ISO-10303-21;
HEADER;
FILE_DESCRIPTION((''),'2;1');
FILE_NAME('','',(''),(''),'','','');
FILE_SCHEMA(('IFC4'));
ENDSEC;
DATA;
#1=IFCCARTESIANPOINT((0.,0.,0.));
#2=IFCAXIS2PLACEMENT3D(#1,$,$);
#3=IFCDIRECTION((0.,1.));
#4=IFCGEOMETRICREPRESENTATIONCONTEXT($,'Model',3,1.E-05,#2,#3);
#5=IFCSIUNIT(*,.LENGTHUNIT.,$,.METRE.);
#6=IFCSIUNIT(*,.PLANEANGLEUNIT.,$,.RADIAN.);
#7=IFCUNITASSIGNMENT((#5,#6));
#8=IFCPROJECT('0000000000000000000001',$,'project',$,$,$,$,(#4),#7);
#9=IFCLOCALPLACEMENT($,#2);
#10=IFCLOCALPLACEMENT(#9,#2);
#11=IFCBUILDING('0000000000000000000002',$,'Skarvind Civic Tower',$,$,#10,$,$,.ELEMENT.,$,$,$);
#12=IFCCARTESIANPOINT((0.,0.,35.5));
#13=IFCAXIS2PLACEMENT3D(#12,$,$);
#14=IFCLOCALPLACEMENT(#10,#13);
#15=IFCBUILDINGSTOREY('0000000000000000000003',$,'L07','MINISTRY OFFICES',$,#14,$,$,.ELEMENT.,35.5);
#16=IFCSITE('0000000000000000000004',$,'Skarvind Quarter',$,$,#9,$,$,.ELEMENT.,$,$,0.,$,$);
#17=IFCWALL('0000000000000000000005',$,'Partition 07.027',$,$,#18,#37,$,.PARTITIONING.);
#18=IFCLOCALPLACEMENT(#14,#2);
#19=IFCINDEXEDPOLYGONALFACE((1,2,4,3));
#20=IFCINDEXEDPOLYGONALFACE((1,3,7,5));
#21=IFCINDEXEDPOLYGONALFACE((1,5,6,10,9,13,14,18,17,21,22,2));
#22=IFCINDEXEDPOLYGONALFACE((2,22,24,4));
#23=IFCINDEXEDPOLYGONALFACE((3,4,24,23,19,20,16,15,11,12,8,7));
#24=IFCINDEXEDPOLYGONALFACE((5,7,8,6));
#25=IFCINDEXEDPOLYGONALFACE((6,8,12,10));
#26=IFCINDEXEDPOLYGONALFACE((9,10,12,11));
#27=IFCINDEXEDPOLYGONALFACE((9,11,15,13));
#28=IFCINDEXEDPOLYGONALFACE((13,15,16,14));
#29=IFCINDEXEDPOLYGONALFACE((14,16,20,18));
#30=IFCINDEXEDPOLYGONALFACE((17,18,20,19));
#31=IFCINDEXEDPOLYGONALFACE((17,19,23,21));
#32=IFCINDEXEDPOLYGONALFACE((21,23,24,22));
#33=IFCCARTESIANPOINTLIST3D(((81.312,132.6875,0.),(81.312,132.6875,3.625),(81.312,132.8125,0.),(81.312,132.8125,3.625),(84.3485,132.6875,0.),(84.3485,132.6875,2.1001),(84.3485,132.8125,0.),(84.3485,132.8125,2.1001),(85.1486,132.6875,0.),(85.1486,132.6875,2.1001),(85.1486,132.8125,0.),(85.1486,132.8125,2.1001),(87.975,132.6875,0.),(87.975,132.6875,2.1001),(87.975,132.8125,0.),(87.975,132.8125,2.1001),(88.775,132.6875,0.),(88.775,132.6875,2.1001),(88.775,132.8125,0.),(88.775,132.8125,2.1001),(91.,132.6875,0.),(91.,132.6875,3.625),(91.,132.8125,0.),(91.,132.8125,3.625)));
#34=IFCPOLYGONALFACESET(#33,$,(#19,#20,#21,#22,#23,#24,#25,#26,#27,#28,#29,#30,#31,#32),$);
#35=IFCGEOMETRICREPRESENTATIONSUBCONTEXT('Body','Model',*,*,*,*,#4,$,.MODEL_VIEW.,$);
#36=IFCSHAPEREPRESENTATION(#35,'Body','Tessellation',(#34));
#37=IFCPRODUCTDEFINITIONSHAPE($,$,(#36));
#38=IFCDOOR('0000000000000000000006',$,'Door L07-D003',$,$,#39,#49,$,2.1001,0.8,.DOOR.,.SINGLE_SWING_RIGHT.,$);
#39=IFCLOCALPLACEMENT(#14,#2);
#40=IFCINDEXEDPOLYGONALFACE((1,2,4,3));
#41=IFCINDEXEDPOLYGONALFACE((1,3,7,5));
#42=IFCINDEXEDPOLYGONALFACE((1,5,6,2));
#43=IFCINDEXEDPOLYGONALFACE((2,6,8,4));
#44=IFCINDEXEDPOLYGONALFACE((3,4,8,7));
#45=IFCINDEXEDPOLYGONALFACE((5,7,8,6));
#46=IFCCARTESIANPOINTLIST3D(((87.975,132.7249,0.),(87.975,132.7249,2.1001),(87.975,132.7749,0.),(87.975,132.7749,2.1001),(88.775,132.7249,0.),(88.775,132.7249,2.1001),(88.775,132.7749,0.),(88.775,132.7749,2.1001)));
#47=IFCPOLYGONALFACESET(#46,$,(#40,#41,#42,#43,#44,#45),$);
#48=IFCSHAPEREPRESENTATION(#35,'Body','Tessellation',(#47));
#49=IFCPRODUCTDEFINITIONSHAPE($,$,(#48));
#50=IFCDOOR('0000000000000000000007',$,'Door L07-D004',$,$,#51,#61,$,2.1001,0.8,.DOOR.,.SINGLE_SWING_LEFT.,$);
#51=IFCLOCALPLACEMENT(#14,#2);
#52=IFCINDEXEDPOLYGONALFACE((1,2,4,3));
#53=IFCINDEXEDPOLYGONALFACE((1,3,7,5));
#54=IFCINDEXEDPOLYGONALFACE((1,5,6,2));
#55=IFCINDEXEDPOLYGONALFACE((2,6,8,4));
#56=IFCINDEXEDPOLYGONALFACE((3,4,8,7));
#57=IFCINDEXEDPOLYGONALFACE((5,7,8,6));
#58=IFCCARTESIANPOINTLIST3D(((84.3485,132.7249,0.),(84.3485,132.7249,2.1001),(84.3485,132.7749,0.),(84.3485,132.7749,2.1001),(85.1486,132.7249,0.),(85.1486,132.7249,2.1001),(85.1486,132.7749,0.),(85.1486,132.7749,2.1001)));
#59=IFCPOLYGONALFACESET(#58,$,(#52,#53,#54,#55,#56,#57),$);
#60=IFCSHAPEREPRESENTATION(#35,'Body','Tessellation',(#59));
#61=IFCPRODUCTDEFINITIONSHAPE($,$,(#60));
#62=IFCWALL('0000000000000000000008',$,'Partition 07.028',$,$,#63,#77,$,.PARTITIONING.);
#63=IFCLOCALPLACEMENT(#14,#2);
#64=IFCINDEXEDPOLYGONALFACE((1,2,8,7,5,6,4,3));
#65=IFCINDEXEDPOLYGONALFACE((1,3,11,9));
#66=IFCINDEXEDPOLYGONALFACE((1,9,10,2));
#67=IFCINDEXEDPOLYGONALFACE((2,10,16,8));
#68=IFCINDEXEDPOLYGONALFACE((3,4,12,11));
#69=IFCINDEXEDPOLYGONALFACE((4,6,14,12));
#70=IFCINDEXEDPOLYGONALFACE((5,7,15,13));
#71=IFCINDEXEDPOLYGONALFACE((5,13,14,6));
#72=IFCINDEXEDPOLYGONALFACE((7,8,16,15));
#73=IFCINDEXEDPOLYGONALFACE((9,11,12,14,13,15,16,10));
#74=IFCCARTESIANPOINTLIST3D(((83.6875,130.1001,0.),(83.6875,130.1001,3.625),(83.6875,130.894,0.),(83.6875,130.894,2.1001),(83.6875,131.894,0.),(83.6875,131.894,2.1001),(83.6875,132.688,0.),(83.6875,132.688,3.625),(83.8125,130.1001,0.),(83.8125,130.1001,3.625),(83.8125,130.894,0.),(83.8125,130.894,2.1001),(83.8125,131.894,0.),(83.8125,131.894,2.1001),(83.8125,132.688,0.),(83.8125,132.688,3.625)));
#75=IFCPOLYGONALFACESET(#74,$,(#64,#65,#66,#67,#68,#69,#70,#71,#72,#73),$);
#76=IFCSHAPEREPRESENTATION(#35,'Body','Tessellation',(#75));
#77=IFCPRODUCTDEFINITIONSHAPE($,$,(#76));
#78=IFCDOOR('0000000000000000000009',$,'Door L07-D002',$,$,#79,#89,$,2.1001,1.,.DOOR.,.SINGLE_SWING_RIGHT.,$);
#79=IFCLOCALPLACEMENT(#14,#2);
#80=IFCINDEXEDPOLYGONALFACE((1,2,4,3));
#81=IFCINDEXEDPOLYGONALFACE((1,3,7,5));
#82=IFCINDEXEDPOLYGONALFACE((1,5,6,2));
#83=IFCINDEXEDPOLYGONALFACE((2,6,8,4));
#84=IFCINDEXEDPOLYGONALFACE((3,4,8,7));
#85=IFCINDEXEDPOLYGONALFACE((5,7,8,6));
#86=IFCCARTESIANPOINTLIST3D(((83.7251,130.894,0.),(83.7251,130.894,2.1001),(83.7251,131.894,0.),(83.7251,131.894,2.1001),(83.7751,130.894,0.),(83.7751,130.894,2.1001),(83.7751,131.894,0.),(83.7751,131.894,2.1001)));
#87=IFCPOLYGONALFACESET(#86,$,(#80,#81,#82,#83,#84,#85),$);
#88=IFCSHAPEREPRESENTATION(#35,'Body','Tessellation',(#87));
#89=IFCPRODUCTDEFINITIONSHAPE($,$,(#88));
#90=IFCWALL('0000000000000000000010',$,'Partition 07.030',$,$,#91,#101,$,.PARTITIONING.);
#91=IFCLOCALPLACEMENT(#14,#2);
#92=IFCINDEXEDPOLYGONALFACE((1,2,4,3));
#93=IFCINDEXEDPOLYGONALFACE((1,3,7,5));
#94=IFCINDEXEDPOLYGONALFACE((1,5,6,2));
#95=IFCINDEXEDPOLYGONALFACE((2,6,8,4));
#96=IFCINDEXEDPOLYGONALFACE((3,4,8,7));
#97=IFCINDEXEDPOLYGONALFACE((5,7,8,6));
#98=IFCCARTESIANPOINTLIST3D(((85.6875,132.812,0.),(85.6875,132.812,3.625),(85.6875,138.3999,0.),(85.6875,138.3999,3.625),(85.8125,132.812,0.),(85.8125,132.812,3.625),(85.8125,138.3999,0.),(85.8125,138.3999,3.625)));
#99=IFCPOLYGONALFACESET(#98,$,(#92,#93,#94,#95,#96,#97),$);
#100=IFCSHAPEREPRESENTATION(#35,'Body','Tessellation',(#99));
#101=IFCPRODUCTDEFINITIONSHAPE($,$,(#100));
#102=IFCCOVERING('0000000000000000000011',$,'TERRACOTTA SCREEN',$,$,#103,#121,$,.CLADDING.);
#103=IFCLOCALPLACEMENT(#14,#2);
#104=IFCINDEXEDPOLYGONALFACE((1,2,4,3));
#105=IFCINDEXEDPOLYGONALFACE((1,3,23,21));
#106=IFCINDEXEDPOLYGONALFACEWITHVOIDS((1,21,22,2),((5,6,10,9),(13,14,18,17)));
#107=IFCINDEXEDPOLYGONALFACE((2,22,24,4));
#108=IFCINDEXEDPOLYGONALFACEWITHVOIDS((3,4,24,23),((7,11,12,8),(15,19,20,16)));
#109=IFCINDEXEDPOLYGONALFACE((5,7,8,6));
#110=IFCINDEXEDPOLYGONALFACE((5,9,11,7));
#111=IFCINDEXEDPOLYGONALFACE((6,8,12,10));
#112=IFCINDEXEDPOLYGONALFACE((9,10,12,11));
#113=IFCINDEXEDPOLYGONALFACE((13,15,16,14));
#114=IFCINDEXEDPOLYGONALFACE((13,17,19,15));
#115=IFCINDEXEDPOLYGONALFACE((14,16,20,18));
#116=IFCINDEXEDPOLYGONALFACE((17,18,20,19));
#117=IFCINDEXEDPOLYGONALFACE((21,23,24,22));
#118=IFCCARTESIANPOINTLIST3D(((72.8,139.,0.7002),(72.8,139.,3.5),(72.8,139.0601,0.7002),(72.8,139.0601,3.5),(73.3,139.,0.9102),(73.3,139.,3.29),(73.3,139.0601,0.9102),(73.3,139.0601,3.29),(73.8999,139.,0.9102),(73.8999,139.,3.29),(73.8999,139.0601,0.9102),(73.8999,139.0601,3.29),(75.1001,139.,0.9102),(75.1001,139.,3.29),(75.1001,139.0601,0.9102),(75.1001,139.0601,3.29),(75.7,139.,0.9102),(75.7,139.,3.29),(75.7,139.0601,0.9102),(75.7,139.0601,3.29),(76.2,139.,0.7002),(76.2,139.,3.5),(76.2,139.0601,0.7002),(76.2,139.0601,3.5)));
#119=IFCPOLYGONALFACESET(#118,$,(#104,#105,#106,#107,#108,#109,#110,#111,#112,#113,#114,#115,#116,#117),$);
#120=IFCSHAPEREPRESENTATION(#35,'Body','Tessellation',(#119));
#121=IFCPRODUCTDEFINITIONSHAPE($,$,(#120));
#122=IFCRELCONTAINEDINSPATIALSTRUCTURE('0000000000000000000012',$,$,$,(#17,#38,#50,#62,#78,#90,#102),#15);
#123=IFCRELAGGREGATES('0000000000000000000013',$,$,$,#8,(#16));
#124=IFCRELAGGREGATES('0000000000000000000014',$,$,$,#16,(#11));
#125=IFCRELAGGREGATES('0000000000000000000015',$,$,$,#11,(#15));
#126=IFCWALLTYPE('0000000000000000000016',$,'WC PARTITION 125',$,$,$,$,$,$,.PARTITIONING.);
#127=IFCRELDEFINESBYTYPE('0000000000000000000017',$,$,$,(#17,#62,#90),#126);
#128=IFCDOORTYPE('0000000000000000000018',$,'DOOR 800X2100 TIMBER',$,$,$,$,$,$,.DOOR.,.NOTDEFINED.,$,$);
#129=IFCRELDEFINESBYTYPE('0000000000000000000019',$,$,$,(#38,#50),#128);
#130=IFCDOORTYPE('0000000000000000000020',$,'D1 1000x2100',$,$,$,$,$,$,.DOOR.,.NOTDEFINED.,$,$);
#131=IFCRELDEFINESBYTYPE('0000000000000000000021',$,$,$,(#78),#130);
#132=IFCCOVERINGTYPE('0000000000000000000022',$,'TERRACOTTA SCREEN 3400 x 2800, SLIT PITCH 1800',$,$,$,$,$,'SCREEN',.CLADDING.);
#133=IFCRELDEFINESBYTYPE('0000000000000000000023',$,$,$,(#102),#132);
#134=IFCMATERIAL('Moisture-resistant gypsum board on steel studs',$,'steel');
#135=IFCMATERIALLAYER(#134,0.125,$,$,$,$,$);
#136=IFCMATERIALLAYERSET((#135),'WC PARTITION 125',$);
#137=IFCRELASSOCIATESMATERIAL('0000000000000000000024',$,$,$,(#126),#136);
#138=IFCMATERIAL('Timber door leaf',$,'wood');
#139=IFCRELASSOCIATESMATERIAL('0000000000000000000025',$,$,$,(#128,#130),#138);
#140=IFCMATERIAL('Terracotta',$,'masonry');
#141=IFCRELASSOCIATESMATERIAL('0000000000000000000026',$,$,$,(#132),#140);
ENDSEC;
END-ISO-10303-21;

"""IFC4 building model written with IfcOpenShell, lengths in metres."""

from ifc_helpers import new_model, si_unit, direction, frame, frame_2d, origin, place, context, subcontext, project, spatial, polyline, rectangle, outline, extrude, material, layer, layer_set, material_profile, profile_set, type_object, element, fill, save


model = new_model("IFC4")

# Units and contexts
model_context = context("Model", 3, precision=1e-05, world=origin(), true_north=direction((0.0, 1.0)))
body_context = subcontext(model_context, "Body", "Model", "MODEL_VIEW")
ifc_project = project(units=[si_unit("LENGTHUNIT", "METRE"), si_unit("PLANEANGLEUNIT", "RADIAN")], contexts=[model_context])

# Site, building, storey
site_placement = place(None, origin())
site = spatial("IfcSite", under=ifc_project, at=site_placement, Name="Skarvind Quarter", CompositionType="ELEMENT", RefElevation=0.0)
building_placement = place(site_placement, origin())
building = spatial("IfcBuilding", under=site, at=building_placement, Name="Skarvind Civic Tower", CompositionType="ELEMENT")
storey_placement = place(building_placement, frame((0.0, 0.0, 35.5)))
storey = spatial("IfcBuildingStorey", under=building, at=storey_placement, Name="L07", Description="MINISTRY OFFICES", CompositionType="ELEMENT", Elevation=35.5)

# Shared definitions
ifc_material_1 = material(Name="Moisture-resistant gypsum board on steel studs", Category="steel")
ifc_layer_1 = layer(ifc_material_1, 0.125)
ifc_layer_set_1 = layer_set([ifc_layer_1], Name="WC PARTITION 125")
wall_type_1 = type_object("IfcWallType", Name="WC PARTITION 125", PredefinedType="PARTITIONING", material=ifc_layer_set_1)

# Wall, openings, doors
wall_1_placement = place(storey_placement, frame((81.312, 132.75, 0.0), z_axis=(0.0, 0.0, 1.0), x_axis=(1.0, 0.0, 0.0)))
wall_1 = element("IfcWall", 1, at=wall_1_placement, inside=storey, type_object=wall_type_1, Name="Partition 07.027", PredefinedType="PARTITIONING", context=body_context, shape_type="SweptSolid", body=[
    extrude(rectangle(XDim=9.688, YDim=0.125, at=frame_2d((4.844, 0.0))), origin(), (0.0, 0.0, 1.0), 3.625),
])
opening_1_placement = place(wall_1_placement, frame((6.6631, 0.0, 0.0)))
opening_1 = element("IfcOpeningElement", 2, at=opening_1_placement, cuts=wall_1, PredefinedType="OPENING", context=body_context, shape_type="SweptSolid", body=[
    extrude(rectangle(XDim=0.8, YDim=2.1001, at=frame_2d((0.3999, 1.05))), frame((0.0, 0.0725, 0.0), z_axis=(0.0, -1.0, 0.0), x_axis=(1.0, 0.0, 0.0)), (0.0, 0.0, 1.0), 0.145),
])
opening_2_placement = place(wall_1_placement, frame((3.0366, 0.0, 0.0)))
opening_2 = element("IfcOpeningElement", 3, at=opening_2_placement, cuts=wall_1, PredefinedType="OPENING", context=body_context, shape_type="SweptSolid", body=[
    extrude(rectangle(XDim=0.8, YDim=2.1001, at=frame_2d((0.3999, 1.05))), frame((0.0, 0.0725, 0.0), z_axis=(0.0, -1.0, 0.0), x_axis=(1.0, 0.0, 0.0)), (0.0, 0.0, 1.0), 0.145),
])
ifc_material_2 = material(Name="Timber door leaf", Category="wood")
door_type_1 = type_object("IfcDoorType", Name="DOOR 800X2100 TIMBER", OperationType="NOTDEFINED", PredefinedType="DOOR", material=ifc_material_2)
door_1_placement = place(opening_1_placement, origin())
door_1 = element("IfcDoor", 4, at=door_1_placement, inside=storey, type_object=door_type_1, Name="Door L07-D003", OperationType="SINGLE_SWING_RIGHT", OverallHeight=2.1001, OverallWidth=0.8, PredefinedType="DOOR", context=body_context, shape_type="SweptSolid", body=[
    extrude(rectangle(XDim=0.8, YDim=2.1001, at=frame_2d((0.3999, 1.05))), frame((0.0, 0.0249, 0.0), z_axis=(0.0, -1.0, 0.0), x_axis=(1.0, 0.0, 0.0)), (0.0, 0.0, 1.0), 0.05),
])
fill(opening_1, door_1)
door_2_placement = place(opening_2_placement, origin())
door_2 = element("IfcDoor", 5, at=door_2_placement, inside=storey, type_object=door_type_1, Name="Door L07-D004", OperationType="SINGLE_SWING_LEFT", OverallHeight=2.1001, OverallWidth=0.8, PredefinedType="DOOR", context=body_context, shape_type="SweptSolid", body=[
    extrude(rectangle(XDim=0.8, YDim=2.1001, at=frame_2d((0.3999, 1.05))), frame((0.0, 0.0249, 0.0), z_axis=(0.0, -1.0, 0.0), x_axis=(1.0, 0.0, 0.0)), (0.0, 0.0, 1.0), 0.05),
])
fill(opening_2, door_2)

# Wall, opening, door
wall_2_placement = place(storey_placement, frame((83.75, 130.1001, 0.0), z_axis=(0.0, 0.0, 1.0), x_axis=(0.0, 1.0, 0.0)))
wall_2 = element("IfcWall", 6, at=wall_2_placement, inside=storey, type_object=wall_type_1, Name="Partition 07.028", PredefinedType="PARTITIONING", context=body_context, shape_type="SweptSolid", body=[
    extrude(rectangle(XDim=2.5879, YDim=0.125, at=frame_2d((1.2939, 0.0))), origin(), (0.0, 0.0, 1.0), 3.625),
])
opening_3_placement = place(wall_2_placement, frame((0.7939, 0.0, 0.0)))
opening_3 = element("IfcOpeningElement", 7, at=opening_3_placement, cuts=wall_2, PredefinedType="OPENING", context=body_context, shape_type="SweptSolid", body=[
    extrude(rectangle(XDim=1.0, YDim=2.1001, at=frame_2d((0.5, 1.05))), frame((0.0, 0.0725, 0.0), z_axis=(0.0, -1.0, 0.0), x_axis=(1.0, 0.0, 0.0)), (0.0, 0.0, 1.0), 0.145),
])
door_type_2 = type_object("IfcDoorType", Name="D1 1000x2100", OperationType="NOTDEFINED", PredefinedType="DOOR", material=ifc_material_2)
door_3_placement = place(opening_3_placement, origin())
door_3 = element("IfcDoor", 8, at=door_3_placement, inside=storey, type_object=door_type_2, Name="Door L07-D002", OperationType="SINGLE_SWING_RIGHT", OverallHeight=2.1001, OverallWidth=1.0, PredefinedType="DOOR", context=body_context, shape_type="SweptSolid", body=[
    extrude(rectangle(XDim=1.0, YDim=2.1001, at=frame_2d((0.5, 1.05))), frame((0.0, 0.0249, 0.0), z_axis=(0.0, -1.0, 0.0), x_axis=(1.0, 0.0, 0.0)), (0.0, 0.0, 1.0), 0.05),
])
fill(opening_3, door_3)

# Wall
wall_3_placement = place(storey_placement, frame((85.75, 138.3999, 0.0), z_axis=(0.0, 0.0, 1.0), x_axis=(0.0, -1.0, 0.0)))
element("IfcWall", 9, at=wall_3_placement, inside=storey, type_object=wall_type_1, Name="Partition 07.030", PredefinedType="PARTITIONING", context=body_context, shape_type="SweptSolid", body=[
    extrude(rectangle(XDim=5.5879, YDim=0.125, at=frame_2d((2.7939, 0.0))), origin(), (0.0, 0.0, 1.0), 3.625),
])

# Covering
ifc_material_3 = material(Name="Terracotta", Category="masonry")
ifc_material_profile_1 = material_profile(ifc_material_3, outline(polyline([(-1.7, -1.3999), (1.7, -1.3999), (1.7, 1.3999), (-1.7, 1.3999), (-1.7, -1.3999)]), holes=[polyline([(-1.2, -1.1899), (-0.6001, -1.1899), (-0.6001, 1.1899), (-1.2, 1.1899), (-1.2, -1.1899)]), polyline([(0.6001, -1.1899), (1.2, -1.1899), (1.2, 1.1899), (0.6001, 1.1899), (0.6001, -1.1899)])]), Name="TERRACOTTA SCREEN 3400 x 2800, SLIT PITCH 1800")
ifc_profile_set_1 = profile_set([ifc_material_profile_1], Name="Terracotta")
covering_type = type_object("IfcCoveringType", Name="TERRACOTTA SCREEN 3400 x 2800, SLIT PITCH 1800", ElementType="SCREEN", PredefinedType="CLADDING", material=ifc_profile_set_1)
covering_placement = place(storey_placement, frame((74.5, 139.0, 2.1001), z_axis=(0.0, 1.0, 0.0), x_axis=(-1.0, 0.0, 0.0)))
element("IfcCovering", 10, at=covering_placement, inside=storey, type_object=covering_type, Name="TERRACOTTA SCREEN", PredefinedType="CLADDING", context=body_context, shape_type="SweptSolid", body=[
    extrude(outline(polyline([(-1.7, -1.3999), (1.7, -1.3999), (1.7, 1.3999), (-1.7, 1.3999), (-1.7, -1.3999)]), holes=[polyline([(-1.2, -1.1899), (-0.6001, -1.1899), (-0.6001, 1.1899), (-1.2, 1.1899), (-1.2, -1.1899)]), polyline([(0.6001, -1.1899), (1.2, -1.1899), (1.2, 1.1899), (0.6001, 1.1899), (0.6001, -1.1899)])]), origin(), (0.0, 0.0, 1.0), 0.0601),
])

save(model, "model.ifc")
